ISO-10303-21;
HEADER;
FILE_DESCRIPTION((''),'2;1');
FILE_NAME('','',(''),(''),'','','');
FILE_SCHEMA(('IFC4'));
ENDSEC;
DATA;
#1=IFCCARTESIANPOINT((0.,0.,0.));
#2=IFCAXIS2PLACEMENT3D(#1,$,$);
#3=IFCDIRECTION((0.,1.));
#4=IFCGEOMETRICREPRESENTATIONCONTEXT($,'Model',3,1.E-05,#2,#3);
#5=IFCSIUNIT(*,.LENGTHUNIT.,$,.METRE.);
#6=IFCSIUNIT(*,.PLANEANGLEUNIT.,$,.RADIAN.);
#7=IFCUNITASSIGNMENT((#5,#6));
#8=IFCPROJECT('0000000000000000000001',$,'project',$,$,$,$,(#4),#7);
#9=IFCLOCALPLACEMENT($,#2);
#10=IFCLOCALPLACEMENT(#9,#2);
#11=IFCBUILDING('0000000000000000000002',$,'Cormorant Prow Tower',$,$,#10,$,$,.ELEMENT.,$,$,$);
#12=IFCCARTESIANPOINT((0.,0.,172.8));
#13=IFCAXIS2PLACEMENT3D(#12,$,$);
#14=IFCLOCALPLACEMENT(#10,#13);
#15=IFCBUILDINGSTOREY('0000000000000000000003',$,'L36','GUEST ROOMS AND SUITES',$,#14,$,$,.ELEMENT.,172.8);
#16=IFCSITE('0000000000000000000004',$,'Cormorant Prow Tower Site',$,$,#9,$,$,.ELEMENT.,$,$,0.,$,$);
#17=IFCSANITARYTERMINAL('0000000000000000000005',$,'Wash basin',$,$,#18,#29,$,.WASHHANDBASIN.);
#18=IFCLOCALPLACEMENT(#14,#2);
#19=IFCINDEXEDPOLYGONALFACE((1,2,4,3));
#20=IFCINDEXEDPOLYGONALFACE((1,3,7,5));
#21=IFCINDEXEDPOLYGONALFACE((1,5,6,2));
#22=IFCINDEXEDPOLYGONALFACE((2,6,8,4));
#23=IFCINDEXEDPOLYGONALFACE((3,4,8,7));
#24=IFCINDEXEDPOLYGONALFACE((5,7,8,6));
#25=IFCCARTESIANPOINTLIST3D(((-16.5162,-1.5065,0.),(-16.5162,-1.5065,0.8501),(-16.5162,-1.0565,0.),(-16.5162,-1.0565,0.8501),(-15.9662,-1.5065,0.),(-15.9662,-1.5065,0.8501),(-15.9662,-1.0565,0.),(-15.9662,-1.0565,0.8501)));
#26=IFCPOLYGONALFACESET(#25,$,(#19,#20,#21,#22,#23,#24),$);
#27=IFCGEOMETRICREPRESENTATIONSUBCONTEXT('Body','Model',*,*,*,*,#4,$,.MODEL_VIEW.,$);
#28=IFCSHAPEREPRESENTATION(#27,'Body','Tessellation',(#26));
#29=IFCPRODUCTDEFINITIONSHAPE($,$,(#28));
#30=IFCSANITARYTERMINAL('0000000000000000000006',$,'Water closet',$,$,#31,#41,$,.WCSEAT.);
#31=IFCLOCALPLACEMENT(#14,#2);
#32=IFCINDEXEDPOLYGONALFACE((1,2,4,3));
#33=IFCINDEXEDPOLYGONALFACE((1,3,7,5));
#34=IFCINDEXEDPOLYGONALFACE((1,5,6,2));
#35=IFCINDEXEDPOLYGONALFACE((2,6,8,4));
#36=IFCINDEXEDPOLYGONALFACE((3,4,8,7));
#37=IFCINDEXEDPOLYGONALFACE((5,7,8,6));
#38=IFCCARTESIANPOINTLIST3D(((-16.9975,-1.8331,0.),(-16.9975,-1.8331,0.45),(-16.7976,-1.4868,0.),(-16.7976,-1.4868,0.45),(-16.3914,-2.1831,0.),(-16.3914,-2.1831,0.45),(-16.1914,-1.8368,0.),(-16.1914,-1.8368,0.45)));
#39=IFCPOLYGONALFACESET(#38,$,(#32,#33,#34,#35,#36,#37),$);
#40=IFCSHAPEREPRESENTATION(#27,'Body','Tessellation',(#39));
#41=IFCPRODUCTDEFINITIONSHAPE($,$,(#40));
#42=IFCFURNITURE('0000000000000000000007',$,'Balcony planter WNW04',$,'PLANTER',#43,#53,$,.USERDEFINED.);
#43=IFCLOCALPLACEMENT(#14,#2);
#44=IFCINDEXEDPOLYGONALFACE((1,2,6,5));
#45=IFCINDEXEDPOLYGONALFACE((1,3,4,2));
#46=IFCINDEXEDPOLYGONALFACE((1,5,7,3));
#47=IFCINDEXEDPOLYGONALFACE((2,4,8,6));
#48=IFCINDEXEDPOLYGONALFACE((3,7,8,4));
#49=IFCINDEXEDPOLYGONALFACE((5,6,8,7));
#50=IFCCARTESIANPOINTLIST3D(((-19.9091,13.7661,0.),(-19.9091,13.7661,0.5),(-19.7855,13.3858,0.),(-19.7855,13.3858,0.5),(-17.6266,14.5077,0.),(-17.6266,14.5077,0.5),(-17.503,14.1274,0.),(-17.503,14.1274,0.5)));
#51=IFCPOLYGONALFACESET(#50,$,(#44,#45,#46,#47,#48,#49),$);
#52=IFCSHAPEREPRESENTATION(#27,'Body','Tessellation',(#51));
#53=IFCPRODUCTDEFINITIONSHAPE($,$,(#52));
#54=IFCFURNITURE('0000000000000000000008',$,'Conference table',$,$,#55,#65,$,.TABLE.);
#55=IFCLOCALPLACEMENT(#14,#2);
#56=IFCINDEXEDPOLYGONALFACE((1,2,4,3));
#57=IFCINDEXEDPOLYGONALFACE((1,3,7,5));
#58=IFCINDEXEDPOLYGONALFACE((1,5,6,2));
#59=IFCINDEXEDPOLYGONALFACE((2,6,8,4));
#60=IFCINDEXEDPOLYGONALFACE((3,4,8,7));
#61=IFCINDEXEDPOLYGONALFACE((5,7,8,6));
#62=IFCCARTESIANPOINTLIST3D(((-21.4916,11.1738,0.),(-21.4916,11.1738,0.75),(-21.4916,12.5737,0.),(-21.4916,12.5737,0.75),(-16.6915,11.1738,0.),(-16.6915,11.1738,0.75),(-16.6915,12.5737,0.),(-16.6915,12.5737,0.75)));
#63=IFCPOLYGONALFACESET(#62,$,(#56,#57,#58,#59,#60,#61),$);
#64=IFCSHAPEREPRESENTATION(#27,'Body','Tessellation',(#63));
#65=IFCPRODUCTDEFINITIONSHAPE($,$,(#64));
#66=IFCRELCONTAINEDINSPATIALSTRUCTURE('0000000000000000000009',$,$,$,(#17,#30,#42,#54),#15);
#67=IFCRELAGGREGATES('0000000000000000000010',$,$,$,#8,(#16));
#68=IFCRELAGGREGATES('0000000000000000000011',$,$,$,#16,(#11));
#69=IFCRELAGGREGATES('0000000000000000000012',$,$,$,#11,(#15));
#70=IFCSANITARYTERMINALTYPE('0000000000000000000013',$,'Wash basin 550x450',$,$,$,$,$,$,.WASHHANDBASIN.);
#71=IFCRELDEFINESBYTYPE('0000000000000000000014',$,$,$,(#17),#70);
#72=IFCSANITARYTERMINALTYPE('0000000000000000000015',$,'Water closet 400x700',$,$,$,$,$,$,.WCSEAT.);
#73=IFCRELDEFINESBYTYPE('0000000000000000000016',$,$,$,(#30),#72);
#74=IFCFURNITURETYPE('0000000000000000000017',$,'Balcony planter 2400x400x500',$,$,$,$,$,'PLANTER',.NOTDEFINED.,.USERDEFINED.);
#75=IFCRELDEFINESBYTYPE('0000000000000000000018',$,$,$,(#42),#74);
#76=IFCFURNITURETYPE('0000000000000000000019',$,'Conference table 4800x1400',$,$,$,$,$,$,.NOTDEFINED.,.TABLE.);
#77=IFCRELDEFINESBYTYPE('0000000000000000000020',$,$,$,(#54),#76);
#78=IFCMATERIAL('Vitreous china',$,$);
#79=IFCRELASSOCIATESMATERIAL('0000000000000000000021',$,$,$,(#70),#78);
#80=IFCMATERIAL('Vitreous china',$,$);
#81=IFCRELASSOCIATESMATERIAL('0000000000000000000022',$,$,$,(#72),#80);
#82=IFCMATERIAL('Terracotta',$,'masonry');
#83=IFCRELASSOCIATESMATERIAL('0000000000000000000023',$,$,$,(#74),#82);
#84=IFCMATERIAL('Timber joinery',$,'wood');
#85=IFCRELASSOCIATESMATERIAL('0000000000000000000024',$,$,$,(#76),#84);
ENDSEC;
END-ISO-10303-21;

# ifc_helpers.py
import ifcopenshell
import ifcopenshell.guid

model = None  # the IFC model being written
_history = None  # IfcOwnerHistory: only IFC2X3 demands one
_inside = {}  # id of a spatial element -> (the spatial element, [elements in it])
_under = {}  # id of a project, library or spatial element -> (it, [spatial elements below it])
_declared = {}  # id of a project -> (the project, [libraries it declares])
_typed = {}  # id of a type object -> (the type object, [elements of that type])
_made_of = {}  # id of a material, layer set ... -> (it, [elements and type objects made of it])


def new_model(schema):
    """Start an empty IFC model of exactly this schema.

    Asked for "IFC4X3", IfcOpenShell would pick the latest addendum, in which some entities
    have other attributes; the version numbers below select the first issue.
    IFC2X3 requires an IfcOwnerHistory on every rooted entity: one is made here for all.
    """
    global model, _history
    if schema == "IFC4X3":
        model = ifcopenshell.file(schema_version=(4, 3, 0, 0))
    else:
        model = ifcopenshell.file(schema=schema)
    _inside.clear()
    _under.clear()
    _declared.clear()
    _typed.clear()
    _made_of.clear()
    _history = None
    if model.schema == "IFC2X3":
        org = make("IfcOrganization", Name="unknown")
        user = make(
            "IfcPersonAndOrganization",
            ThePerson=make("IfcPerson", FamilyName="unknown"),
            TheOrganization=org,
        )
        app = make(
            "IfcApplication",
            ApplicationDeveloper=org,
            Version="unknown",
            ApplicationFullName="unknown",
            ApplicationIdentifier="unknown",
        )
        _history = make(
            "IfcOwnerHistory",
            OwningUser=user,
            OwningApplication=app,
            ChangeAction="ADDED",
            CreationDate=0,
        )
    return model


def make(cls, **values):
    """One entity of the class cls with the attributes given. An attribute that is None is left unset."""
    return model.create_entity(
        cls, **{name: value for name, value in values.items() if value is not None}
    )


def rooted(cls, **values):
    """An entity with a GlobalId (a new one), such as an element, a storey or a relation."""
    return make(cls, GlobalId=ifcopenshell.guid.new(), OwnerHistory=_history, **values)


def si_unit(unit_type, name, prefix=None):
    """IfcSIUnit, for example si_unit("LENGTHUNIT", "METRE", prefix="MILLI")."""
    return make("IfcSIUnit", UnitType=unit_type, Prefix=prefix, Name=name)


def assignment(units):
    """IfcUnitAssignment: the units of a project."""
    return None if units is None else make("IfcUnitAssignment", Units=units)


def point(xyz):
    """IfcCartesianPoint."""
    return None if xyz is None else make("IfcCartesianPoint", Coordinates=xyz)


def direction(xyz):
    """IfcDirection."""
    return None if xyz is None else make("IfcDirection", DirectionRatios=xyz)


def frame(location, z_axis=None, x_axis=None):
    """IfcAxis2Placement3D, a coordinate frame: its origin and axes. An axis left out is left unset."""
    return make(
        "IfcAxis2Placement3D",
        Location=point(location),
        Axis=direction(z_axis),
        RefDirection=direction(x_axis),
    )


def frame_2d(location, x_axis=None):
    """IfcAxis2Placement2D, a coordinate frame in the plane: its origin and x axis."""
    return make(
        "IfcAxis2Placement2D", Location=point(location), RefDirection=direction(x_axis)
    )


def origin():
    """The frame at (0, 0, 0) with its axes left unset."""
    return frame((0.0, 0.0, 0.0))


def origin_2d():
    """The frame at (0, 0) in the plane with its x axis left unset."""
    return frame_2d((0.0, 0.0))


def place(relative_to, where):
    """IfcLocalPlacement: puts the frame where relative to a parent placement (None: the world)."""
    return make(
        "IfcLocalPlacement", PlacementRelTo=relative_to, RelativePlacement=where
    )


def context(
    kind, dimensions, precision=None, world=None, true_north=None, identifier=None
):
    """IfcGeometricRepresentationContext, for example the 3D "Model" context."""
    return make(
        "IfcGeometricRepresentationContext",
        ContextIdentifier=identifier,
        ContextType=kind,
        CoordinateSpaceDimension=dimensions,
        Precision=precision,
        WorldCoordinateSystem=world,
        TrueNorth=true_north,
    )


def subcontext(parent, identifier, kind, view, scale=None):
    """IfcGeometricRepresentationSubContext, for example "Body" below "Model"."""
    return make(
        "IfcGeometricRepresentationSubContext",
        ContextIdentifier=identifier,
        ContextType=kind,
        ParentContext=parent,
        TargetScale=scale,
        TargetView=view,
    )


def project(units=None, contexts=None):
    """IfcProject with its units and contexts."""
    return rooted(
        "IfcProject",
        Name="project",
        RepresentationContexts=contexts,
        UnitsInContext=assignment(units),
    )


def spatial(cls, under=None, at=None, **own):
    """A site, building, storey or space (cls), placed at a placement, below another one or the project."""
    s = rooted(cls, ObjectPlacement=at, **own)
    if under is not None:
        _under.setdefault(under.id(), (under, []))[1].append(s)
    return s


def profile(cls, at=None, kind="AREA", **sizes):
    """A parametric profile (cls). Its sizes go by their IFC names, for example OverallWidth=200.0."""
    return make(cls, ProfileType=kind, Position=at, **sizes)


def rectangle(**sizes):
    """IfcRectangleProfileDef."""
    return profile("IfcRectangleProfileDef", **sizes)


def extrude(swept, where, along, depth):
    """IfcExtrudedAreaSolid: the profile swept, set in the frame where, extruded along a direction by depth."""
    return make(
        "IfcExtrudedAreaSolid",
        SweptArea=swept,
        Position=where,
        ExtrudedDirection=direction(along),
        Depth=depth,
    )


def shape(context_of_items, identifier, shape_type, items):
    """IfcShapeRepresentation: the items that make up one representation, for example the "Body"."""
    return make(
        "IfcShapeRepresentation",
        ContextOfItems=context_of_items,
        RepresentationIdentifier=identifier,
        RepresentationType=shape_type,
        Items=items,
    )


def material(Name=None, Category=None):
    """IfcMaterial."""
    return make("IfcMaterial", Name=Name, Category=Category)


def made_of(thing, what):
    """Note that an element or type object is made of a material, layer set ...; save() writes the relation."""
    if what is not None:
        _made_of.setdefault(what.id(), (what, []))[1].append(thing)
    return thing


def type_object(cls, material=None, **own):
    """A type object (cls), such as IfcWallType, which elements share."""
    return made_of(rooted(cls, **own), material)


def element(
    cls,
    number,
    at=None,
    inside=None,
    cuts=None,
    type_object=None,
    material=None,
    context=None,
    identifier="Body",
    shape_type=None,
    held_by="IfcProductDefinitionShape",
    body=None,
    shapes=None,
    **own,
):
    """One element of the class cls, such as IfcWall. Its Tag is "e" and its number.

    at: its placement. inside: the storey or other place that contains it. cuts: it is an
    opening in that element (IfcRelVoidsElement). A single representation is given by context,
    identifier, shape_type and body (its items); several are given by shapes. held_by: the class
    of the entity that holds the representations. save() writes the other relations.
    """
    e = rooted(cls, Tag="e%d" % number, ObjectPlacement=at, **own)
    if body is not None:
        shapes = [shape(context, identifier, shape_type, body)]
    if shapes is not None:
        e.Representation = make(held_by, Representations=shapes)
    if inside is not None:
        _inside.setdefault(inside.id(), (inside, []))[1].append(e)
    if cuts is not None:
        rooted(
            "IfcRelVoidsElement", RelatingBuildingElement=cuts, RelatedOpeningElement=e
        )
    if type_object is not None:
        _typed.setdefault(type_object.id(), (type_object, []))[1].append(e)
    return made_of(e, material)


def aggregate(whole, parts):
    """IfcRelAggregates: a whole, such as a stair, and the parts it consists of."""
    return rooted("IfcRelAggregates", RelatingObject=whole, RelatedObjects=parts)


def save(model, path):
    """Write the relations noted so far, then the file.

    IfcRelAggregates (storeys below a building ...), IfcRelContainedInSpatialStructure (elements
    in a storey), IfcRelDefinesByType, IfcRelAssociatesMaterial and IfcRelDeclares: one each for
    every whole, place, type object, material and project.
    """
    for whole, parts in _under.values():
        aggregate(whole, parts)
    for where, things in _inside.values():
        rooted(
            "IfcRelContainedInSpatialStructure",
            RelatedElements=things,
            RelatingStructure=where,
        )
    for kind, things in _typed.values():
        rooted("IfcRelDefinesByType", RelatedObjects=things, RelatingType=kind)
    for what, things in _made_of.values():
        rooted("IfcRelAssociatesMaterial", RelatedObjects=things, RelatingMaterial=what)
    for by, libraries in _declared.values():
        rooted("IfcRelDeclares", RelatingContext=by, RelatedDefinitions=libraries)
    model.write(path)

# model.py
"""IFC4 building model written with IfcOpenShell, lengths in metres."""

from ifc_helpers import new_model, si_unit, direction, frame, origin, origin_2d, place, context, subcontext, project, spatial, rectangle, extrude, material, type_object, element, save


model = new_model("IFC4")

# Units and contexts
model_context = context("Model", 3, precision=1e-05, world=origin(), true_north=direction((0.0, 1.0)))
body_context = subcontext(model_context, "Body", "Model", "MODEL_VIEW")
ifc_project = project(units=[si_unit("LENGTHUNIT", "METRE"), si_unit("PLANEANGLEUNIT", "RADIAN")], contexts=[model_context])

# Site, building, storey
site_placement = place(None, origin())
site = spatial("IfcSite", under=ifc_project, at=site_placement, Name="Cormorant Prow Tower Site", CompositionType="ELEMENT", RefElevation=0.0)
building_placement = place(site_placement, origin())
building = spatial("IfcBuilding", under=site, at=building_placement, Name="Cormorant Prow Tower", CompositionType="ELEMENT")
storey_placement = place(building_placement, frame((0.0, 0.0, 172.8)))
storey = spatial("IfcBuildingStorey", under=building, at=storey_placement, Name="L36", Description="GUEST ROOMS AND SUITES", CompositionType="ELEMENT", Elevation=172.8)

# Sanitary terminals
ifc_material_1 = material(Name="Vitreous china")
sanitary_terminal_type_1 = type_object("IfcSanitaryTerminalType", Name="Wash basin 550x450", PredefinedType="WASHHANDBASIN", material=ifc_material_1)
sanitary_terminal_1_placement = place(storey_placement, frame((-16.2412, -1.2815, 0.0), z_axis=(0.0, 0.0, 1.0), x_axis=(1.0, 0.0, 0.0)))
element("IfcSanitaryTerminal", 1, at=sanitary_terminal_1_placement, inside=storey, type_object=sanitary_terminal_type_1, Name="Wash basin", PredefinedType="WASHHANDBASIN", context=body_context, shape_type="SweptSolid", body=[
    extrude(rectangle(XDim=0.55, YDim=0.45, at=origin_2d()), origin(), (0.0, 0.0, 1.0), 0.8501),
])
ifc_material_2 = material(Name="Vitreous china")
sanitary_terminal_type_2 = type_object("IfcSanitaryTerminalType", Name="Water closet 400x700", PredefinedType="WCSEAT", material=ifc_material_2)
sanitary_terminal_2_placement = place(storey_placement, frame((-16.5945, -1.835, 0.0), z_axis=(0.0, 0.0, 1.0), x_axis=(0.5, 0.866025, 0.0)))
element("IfcSanitaryTerminal", 2, at=sanitary_terminal_2_placement, inside=storey, type_object=sanitary_terminal_type_2, Name="Water closet", PredefinedType="WCSEAT", context=body_context, shape_type="SweptSolid", body=[
    extrude(rectangle(XDim=0.3999, YDim=0.7, at=origin_2d()), origin(), (0.0, 0.0, 1.0), 0.45),
])

# Furniture
ifc_material_3 = material(Name="Terracotta", Category="masonry")
furniture_type_1 = type_object("IfcFurnitureType", Name="Balcony planter 2400x400x500", ElementType="PLANTER", AssemblyPlace="NOTDEFINED", PredefinedType="USERDEFINED", material=ifc_material_3)
furniture_1_placement = place(storey_placement, frame((-18.7061, 13.9468, 0.0), z_axis=(0.0, 0.0, 1.0), x_axis=(-0.951057, -0.309017, 0.0)))
element("IfcFurniture", 3, at=furniture_1_placement, inside=storey, type_object=furniture_type_1, Name="Balcony planter WNW04", ObjectType="PLANTER", PredefinedType="USERDEFINED", context=body_context, shape_type="SweptSolid", body=[
    extrude(rectangle(XDim=2.3999, YDim=0.3999, at=origin_2d()), origin(), (0.0, 0.0, 1.0), 0.5),
])
ifc_material_4 = material(Name="Timber joinery", Category="wood")
furniture_type_2 = type_object("IfcFurnitureType", Name="Conference table 4800x1400", AssemblyPlace="NOTDEFINED", PredefinedType="TABLE", material=ifc_material_4)
furniture_2_placement = place(storey_placement, frame((-19.0916, 11.8738, 0.0), z_axis=(0.0, 0.0, 1.0), x_axis=(1.0, 0.0, 0.0)))
element("IfcFurniture", 4, at=furniture_2_placement, inside=storey, type_object=furniture_type_2, Name="Conference table", PredefinedType="TABLE", context=body_context, shape_type="SweptSolid", body=[
    extrude(rectangle(XDim=4.8, YDim=1.3999, at=origin_2d()), origin(), (0.0, 0.0, 1.0), 0.75),
])

save(model, "model.ifc")
